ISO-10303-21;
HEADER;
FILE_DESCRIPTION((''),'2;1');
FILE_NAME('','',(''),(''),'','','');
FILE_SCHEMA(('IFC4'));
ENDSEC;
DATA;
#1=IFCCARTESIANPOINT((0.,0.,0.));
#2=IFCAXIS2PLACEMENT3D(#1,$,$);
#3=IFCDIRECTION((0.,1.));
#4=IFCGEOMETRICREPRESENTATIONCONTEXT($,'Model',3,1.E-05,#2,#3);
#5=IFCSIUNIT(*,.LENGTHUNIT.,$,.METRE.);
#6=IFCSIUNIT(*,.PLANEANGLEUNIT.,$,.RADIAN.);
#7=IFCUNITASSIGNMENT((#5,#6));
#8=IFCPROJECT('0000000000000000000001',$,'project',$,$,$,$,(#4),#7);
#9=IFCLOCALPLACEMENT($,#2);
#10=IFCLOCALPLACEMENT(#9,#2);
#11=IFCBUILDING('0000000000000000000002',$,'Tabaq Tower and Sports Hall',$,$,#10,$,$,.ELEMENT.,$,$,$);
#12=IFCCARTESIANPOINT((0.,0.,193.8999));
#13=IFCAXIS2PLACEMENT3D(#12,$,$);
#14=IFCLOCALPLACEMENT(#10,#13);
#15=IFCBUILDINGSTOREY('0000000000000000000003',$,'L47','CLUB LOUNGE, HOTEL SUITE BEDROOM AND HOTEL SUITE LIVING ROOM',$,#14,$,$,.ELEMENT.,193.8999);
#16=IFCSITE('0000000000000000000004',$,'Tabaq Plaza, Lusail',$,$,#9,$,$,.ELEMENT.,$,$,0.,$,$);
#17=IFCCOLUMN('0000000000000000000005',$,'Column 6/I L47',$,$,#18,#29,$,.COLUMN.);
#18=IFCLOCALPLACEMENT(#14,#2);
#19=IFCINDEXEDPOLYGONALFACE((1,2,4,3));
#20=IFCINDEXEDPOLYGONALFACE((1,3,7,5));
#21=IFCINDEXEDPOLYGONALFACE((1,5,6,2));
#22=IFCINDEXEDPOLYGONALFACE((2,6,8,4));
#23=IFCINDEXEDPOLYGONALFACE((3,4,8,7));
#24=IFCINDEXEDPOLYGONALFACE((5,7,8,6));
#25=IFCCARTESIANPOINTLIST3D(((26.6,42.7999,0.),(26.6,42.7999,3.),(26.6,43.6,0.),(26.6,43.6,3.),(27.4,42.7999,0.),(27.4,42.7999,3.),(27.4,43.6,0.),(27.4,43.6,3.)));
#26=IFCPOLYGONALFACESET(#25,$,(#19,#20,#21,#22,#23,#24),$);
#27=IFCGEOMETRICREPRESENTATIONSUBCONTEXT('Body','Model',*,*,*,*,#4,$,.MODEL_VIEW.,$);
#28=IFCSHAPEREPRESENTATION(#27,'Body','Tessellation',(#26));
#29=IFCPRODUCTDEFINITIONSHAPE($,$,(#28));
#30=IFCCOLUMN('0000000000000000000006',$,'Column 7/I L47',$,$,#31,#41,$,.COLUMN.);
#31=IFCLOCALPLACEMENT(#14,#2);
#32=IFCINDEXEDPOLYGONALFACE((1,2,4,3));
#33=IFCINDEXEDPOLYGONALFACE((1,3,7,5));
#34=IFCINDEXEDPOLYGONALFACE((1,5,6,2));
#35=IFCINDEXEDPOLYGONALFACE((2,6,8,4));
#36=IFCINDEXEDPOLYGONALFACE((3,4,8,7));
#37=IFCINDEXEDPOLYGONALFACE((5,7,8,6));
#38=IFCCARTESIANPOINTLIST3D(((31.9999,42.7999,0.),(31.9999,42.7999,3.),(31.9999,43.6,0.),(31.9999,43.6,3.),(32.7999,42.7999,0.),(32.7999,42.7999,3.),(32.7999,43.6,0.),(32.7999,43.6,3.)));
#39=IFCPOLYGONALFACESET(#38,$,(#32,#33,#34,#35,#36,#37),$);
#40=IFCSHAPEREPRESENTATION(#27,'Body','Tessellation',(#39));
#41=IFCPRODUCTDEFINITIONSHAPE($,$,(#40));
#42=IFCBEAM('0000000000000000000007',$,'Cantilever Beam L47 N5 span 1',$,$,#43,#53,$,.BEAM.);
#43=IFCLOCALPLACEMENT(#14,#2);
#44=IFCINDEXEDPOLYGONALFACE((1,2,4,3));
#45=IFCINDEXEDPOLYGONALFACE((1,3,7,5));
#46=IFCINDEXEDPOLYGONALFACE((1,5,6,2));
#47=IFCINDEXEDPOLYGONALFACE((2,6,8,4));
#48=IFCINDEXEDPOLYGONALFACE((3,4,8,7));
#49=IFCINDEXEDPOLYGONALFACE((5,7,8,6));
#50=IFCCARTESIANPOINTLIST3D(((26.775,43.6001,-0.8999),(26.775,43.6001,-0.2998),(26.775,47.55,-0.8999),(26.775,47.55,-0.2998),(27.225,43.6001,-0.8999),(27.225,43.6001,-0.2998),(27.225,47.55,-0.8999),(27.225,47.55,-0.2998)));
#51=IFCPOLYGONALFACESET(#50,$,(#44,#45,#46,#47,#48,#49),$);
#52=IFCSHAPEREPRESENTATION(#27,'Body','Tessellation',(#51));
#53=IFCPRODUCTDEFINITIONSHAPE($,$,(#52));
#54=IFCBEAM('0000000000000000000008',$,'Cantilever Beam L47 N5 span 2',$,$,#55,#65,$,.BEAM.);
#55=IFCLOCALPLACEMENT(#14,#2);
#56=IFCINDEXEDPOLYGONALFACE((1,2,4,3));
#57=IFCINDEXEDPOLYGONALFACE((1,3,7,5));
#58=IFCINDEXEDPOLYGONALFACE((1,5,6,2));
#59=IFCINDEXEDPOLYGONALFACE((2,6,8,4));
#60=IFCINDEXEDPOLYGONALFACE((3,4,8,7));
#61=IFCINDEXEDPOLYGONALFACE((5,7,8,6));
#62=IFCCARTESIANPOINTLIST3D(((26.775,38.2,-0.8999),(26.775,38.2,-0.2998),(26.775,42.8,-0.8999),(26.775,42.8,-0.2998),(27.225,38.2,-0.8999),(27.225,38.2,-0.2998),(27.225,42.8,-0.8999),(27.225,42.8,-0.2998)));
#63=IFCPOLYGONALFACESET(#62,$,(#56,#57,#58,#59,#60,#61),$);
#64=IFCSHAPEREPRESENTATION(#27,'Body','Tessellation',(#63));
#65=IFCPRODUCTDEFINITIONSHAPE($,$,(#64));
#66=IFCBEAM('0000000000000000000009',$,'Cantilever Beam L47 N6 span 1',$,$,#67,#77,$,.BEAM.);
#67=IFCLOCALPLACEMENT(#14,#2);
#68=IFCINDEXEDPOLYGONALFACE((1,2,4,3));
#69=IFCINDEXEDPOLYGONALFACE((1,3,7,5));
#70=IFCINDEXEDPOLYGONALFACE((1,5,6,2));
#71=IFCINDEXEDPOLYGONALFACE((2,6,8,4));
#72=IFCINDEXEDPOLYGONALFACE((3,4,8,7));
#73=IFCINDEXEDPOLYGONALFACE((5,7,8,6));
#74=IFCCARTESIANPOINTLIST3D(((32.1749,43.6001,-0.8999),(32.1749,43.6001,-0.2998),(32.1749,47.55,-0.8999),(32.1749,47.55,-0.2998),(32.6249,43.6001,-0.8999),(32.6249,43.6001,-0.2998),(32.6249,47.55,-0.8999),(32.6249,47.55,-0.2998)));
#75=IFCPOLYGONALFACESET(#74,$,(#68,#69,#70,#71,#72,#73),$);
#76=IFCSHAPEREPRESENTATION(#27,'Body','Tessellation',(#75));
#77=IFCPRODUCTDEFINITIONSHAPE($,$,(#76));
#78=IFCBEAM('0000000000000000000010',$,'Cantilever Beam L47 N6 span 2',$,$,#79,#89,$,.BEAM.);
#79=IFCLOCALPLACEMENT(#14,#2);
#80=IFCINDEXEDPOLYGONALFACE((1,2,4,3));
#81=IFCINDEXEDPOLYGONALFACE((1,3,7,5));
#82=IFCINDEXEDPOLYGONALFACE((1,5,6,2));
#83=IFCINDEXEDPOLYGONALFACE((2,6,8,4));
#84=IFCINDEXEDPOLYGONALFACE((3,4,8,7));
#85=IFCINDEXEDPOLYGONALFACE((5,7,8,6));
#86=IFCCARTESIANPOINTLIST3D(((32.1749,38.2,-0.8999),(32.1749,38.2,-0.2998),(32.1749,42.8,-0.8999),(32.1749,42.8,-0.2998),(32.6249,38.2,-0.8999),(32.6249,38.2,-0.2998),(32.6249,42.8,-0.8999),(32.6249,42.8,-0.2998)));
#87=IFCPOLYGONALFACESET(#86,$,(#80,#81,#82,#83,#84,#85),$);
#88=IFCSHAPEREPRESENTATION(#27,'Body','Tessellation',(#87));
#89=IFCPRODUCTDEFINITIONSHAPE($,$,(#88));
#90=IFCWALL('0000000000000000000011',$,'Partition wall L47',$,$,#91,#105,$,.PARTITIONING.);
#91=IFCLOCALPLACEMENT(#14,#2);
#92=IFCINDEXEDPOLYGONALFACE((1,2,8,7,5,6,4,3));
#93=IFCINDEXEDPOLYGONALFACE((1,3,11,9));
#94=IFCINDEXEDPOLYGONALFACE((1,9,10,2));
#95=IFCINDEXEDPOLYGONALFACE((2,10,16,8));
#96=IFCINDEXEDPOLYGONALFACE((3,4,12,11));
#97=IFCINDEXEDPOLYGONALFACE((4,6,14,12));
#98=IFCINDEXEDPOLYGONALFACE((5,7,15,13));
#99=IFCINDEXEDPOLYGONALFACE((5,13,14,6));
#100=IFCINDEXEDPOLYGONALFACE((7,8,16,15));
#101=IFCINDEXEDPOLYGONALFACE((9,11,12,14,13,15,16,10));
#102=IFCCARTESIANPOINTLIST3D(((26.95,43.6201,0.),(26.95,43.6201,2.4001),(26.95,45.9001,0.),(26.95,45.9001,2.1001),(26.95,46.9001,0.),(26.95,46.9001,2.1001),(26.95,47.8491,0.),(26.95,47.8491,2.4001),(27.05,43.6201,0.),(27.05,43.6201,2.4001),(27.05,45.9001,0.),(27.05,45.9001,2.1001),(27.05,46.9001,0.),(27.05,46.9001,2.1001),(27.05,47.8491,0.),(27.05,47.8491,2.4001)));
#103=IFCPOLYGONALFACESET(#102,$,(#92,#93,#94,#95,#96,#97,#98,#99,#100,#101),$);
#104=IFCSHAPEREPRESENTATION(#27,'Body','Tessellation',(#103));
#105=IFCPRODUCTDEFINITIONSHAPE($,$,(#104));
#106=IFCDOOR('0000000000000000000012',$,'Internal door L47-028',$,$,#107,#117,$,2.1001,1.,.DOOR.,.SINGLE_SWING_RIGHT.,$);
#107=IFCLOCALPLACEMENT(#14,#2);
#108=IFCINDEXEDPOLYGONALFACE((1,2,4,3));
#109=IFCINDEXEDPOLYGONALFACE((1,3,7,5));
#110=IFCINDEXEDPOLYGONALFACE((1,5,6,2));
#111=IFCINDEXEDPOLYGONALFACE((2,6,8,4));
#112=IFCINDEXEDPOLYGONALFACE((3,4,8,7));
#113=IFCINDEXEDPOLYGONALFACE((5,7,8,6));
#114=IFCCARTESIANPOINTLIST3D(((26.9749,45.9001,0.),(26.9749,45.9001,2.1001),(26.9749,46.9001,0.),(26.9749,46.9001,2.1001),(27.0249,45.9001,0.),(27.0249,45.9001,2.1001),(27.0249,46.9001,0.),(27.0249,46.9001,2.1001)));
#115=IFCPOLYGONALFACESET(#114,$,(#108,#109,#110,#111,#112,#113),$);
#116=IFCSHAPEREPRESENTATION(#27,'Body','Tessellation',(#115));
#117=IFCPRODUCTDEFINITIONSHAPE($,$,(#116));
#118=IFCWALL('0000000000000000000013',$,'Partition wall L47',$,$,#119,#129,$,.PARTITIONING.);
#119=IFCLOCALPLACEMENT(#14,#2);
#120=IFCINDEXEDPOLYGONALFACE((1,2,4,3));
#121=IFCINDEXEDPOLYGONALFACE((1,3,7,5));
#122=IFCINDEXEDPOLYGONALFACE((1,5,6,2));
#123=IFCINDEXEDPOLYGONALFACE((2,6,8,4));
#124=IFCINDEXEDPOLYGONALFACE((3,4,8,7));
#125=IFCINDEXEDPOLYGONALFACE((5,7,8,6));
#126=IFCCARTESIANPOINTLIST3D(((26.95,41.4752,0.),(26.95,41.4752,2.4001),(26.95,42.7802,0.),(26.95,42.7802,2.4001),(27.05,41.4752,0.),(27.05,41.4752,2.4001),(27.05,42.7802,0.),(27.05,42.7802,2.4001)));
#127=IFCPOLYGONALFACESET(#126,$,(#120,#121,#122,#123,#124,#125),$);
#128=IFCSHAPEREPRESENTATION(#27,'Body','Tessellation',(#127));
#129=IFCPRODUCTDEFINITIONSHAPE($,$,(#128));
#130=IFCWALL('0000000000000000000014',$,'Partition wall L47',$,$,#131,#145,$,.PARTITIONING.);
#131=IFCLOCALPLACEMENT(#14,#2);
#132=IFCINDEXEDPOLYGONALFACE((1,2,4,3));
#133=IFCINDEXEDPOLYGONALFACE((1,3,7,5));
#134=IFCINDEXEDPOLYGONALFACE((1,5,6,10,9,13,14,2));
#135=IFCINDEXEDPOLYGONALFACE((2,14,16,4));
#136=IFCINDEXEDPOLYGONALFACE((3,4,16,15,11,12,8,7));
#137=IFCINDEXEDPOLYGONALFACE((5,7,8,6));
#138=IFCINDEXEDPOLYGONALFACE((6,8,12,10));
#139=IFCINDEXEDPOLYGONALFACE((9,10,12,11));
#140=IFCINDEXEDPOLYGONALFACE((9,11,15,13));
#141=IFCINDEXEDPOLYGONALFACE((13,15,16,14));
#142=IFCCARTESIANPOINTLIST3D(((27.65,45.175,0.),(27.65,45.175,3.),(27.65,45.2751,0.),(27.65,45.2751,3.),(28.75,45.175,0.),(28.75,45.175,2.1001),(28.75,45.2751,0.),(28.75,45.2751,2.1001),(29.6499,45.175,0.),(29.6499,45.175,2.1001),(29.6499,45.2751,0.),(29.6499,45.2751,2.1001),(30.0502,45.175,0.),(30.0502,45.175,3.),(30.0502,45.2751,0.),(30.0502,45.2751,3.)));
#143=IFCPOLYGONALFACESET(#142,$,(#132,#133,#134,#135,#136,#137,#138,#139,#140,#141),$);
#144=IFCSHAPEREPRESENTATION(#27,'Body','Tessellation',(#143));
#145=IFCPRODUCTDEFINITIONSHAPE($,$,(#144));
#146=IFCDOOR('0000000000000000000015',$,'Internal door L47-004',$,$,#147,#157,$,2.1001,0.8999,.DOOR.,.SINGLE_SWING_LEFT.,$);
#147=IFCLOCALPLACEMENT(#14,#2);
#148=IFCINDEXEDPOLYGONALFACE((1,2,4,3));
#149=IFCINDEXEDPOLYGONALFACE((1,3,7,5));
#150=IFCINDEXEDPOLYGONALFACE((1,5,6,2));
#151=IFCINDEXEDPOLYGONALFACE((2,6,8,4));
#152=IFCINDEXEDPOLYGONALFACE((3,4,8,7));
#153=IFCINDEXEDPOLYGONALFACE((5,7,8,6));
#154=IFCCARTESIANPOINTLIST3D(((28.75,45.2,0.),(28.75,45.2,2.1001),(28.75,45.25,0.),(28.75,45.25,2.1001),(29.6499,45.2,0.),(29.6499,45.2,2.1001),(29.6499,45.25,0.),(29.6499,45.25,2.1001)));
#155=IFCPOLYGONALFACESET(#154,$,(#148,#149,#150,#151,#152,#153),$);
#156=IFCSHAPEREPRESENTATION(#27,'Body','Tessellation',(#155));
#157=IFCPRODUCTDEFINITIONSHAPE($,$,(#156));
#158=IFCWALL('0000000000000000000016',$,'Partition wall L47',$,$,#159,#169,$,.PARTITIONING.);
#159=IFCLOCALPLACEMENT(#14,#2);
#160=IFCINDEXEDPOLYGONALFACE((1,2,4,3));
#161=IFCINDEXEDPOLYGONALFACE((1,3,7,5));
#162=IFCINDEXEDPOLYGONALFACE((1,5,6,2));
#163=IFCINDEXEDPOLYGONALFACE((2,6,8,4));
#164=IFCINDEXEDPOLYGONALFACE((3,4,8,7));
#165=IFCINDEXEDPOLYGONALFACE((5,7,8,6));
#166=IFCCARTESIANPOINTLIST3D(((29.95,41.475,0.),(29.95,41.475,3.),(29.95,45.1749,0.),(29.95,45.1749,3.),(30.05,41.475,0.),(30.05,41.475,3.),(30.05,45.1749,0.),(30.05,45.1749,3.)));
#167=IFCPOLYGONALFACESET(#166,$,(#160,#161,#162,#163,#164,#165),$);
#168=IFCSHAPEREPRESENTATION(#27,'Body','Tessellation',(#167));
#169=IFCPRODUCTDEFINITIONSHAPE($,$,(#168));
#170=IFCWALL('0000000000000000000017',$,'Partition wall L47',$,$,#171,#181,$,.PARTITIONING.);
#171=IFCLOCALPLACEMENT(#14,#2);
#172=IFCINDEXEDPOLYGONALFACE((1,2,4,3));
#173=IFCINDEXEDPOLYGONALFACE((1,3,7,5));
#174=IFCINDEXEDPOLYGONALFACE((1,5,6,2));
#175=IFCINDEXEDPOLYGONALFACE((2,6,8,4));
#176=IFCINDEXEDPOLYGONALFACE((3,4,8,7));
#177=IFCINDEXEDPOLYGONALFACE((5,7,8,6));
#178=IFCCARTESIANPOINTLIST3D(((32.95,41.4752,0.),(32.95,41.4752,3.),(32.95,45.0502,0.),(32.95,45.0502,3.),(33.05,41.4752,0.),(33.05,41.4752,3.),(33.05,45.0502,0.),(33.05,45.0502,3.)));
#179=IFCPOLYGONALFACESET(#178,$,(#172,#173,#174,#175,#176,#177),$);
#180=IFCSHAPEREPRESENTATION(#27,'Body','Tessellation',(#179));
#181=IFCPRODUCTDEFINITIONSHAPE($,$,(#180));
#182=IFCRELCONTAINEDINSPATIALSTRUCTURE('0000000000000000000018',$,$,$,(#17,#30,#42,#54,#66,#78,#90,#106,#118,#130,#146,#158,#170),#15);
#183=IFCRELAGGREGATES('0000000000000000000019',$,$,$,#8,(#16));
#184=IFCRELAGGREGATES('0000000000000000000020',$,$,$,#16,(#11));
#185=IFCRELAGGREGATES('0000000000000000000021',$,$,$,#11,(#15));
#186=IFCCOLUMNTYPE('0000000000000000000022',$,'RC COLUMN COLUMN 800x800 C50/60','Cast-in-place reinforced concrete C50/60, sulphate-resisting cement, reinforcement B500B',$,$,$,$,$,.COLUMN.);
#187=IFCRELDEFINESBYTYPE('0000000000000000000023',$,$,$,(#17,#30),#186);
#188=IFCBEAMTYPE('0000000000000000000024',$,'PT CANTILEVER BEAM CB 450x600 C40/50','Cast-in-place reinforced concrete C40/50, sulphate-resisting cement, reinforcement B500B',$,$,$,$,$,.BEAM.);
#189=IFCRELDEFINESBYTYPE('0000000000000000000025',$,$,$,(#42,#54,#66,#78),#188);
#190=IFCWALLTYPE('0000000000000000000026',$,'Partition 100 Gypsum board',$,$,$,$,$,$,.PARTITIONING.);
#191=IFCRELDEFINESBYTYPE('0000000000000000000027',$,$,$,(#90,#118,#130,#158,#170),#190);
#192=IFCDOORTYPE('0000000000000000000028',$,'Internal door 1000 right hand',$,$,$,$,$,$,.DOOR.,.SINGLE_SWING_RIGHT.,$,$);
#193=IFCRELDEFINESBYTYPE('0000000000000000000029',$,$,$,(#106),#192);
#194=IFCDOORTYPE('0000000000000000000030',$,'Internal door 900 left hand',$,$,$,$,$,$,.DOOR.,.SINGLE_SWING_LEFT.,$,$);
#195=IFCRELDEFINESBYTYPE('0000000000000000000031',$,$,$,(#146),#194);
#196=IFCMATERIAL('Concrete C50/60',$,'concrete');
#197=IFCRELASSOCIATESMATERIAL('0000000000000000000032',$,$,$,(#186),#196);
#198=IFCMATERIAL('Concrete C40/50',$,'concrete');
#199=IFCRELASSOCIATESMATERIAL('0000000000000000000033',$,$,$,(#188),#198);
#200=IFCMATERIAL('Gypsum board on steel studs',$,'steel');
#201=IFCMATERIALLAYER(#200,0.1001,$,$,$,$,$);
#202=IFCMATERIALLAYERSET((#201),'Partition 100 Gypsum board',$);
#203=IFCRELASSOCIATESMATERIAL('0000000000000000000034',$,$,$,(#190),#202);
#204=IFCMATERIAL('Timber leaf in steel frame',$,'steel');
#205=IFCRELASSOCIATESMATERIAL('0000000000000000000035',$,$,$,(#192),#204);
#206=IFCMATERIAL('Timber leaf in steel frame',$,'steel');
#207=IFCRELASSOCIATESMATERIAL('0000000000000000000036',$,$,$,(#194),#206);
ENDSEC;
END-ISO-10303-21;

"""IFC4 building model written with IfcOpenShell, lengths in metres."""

from ifc_helpers import new_model, si_unit, direction, frame, frame_2d, origin, origin_2d, place, context, subcontext, project, spatial, rectangle, extrude, material, layer, layer_set, material_profile, profile_set, type_object, element, fill, save


model = new_model("IFC4")

# Units and contexts
model_context = context("Model", 3, precision=1e-05, world=origin(), true_north=direction((0.0, 1.0)))
body_context = subcontext(model_context, "Body", "Model", "MODEL_VIEW")
ifc_project = project(units=[si_unit("LENGTHUNIT", "METRE"), si_unit("PLANEANGLEUNIT", "RADIAN")], contexts=[model_context])

# Site, building, storey
site_placement = place(None, origin())
site = spatial("IfcSite", under=ifc_project, at=site_placement, Name="Tabaq Plaza, Lusail", CompositionType="ELEMENT", RefElevation=0.0)
building_placement = place(site_placement, origin())
building = spatial("IfcBuilding", under=site, at=building_placement, Name="Tabaq Tower and Sports Hall", CompositionType="ELEMENT")
storey_placement = place(building_placement, frame((0.0, 0.0, 193.8999)))
storey = spatial("IfcBuildingStorey", under=building, at=storey_placement, Name="L47", Description="CLUB LOUNGE, HOTEL SUITE BEDROOM AND HOTEL SUITE LIVING ROOM", CompositionType="ELEMENT", Elevation=193.8999)

# Columns
ifc_material_1 = material(Name="Concrete C50/60", Category="concrete")
ifc_material_profile_1 = material_profile(ifc_material_1, rectangle(XDim=0.8, YDim=0.8, at=origin_2d()), Name="COLUMN 800x800")
ifc_profile_set_1 = profile_set([ifc_material_profile_1], Name="Concrete C50/60")
column_type = type_object("IfcColumnType", Name="RC COLUMN COLUMN 800x800 C50/60", Description="Cast-in-place reinforced concrete C50/60, sulphate-resisting cement, reinforcement B500B", PredefinedType="COLUMN", material=ifc_profile_set_1)
for number, where, z_axis, x_axis, name in (
    (1, (27.0, 43.2, 0.0), (0.0, 0.0, 1.0), (1.0, 0.0, 0.0), "Column 6/I L47"),
    (2, (32.3999, 43.2, 0.0), (0.0, 0.0, 1.0), (1.0, 0.0, 0.0), "Column 7/I L47"),
):
    element("IfcColumn", number, at=place(storey_placement, frame(where, z_axis=z_axis, x_axis=x_axis)), inside=storey, type_object=column_type, Name=name, PredefinedType="COLUMN", context=body_context, shape_type="SweptSolid", body=[
        extrude(rectangle(XDim=0.8, YDim=0.8, at=origin_2d()), origin(), (0.0, 0.0, 1.0), 3.0),
    ])

# Beams
ifc_material_2 = material(Name="Concrete C40/50", Category="concrete")
ifc_material_profile_2 = material_profile(ifc_material_2, rectangle(XDim=0.45, YDim=0.6001, at=origin_2d()), Name="CB 450x600")
ifc_profile_set_2 = profile_set([ifc_material_profile_2], Name="Concrete C40/50")
beam_type = type_object("IfcBeamType", Name="PT CANTILEVER BEAM CB 450x600 C40/50", Description="Cast-in-place reinforced concrete C40/50, sulphate-resisting cement, reinforcement B500B", PredefinedType="BEAM", material=ifc_profile_set_2)
beam_1_placement = place(storey_placement, frame((27.0, 47.55, -0.5999), z_axis=(0.0, -1.0, 0.0), x_axis=(1.0, 0.0, 0.0)))
element("IfcBeam", 3, at=beam_1_placement, inside=storey, type_object=beam_type, Name="Cantilever Beam L47 N5 span 1", PredefinedType="BEAM", context=body_context, shape_type="SweptSolid", body=[
    extrude(rectangle(XDim=0.45, YDim=0.6001, at=origin_2d()), origin(), (0.0, 0.0, 1.0), 3.95),
])
beam_2_placement = place(storey_placement, frame((27.0, 42.8, -0.5999), z_axis=(0.0, -1.0, 0.0), x_axis=(1.0, 0.0, 0.0)))
element("IfcBeam", 4, at=beam_2_placement, inside=storey, type_object=beam_type, Name="Cantilever Beam L47 N5 span 2", PredefinedType="BEAM", context=body_context, shape_type="SweptSolid", body=[
    extrude(rectangle(XDim=0.45, YDim=0.6001, at=origin_2d()), origin(), (0.0, 0.0, 1.0), 4.6001),
])
beam_3_placement = place(storey_placement, frame((32.3999, 47.55, -0.5999), z_axis=(0.0, -1.0, 0.0), x_axis=(1.0, 0.0, 0.0)))
element("IfcBeam", 5, at=beam_3_placement, inside=storey, type_object=beam_type, Name="Cantilever Beam L47 N6 span 1", PredefinedType="BEAM", context=body_context, shape_type="SweptSolid", body=[
    extrude(rectangle(XDim=0.45, YDim=0.6001, at=origin_2d()), origin(), (0.0, 0.0, 1.0), 3.95),
])
beam_4_placement = place(storey_placement, frame((32.3999, 42.8, -0.5999), z_axis=(0.0, -1.0, 0.0), x_axis=(1.0, 0.0, 0.0)))
element("IfcBeam", 6, at=beam_4_placement, inside=storey, type_object=beam_type, Name="Cantilever Beam L47 N6 span 2", PredefinedType="BEAM", context=body_context, shape_type="SweptSolid", body=[
    extrude(rectangle(XDim=0.45, YDim=0.6001, at=origin_2d()), origin(), (0.0, 0.0, 1.0), 4.6001),
])

# Wall, opening, door
ifc_material_3 = material(Name="Gypsum board on steel studs", Category="steel")
ifc_layer_1 = layer(ifc_material_3, 0.1001)
ifc_layer_set_1 = layer_set([ifc_layer_1], Name="Partition 100 Gypsum board")
wall_type_1 = type_object("IfcWallType", Name="Partition 100 Gypsum board", PredefinedType="PARTITIONING", material=ifc_layer_set_1)
wall_1_placement = place(storey_placement, frame((27.0, 47.8491, 0.0), z_axis=(0.0, 0.0, 1.0), x_axis=(0.0, -1.0, 0.0)))
wall_1 = element("IfcWall", 7, at=wall_1_placement, inside=storey, type_object=wall_type_1, Name="Partition wall L47", PredefinedType="PARTITIONING", context=body_context, shape_type="SweptSolid", body=[
    extrude(rectangle(XDim=4.229, YDim=0.1001, at=frame_2d((2.1145, 0.0))), origin(), (0.0, 0.0, 1.0), 2.4001),
])
opening_1_placement = place(wall_1_placement, frame((0.949, 0.0, 0.0)))
opening_1 = element("IfcOpeningElement", 8, at=opening_1_placement, cuts=wall_1, PredefinedType="OPENING", context=body_context, shape_type="SweptSolid", body=[
    extrude(rectangle(XDim=1.0, YDim=2.1001, at=frame_2d((0.5, 1.05))), frame((0.0, 0.05, 0.0), z_axis=(0.0, -1.0, 0.0), x_axis=(1.0, 0.0, 0.0)), (0.0, 0.0, 1.0), 0.1001),
])
ifc_material_4 = material(Name="Timber leaf in steel frame", Category="steel")
door_type_1 = type_object("IfcDoorType", Name="Internal door 1000 right hand", OperationType="SINGLE_SWING_RIGHT", PredefinedType="DOOR", material=ifc_material_4)
door_1_placement = place(opening_1_placement, origin())
door_1 = element("IfcDoor", 9, at=door_1_placement, inside=storey, type_object=door_type_1, Name="Internal door L47-028", OperationType="SINGLE_SWING_RIGHT", OverallHeight=2.1001, OverallWidth=1.0, PredefinedType="DOOR", context=body_context, shape_type="SweptSolid", body=[
    extrude(rectangle(XDim=1.0, YDim=2.1001, at=frame_2d((0.5, 1.05))), frame((0.0, 0.0249, 0.0), z_axis=(0.0, -1.0, 0.0), x_axis=(1.0, 0.0, 0.0)), (0.0, 0.0, 1.0), 0.05),
])
fill(opening_1, door_1)

# Wall
wall_2_placement = place(storey_placement, frame((27.0, 42.78, 0.0), z_axis=(0.0, 0.0, 1.0), x_axis=(0.0, -1.0, 0.0)))
element("IfcWall", 10, at=wall_2_placement, inside=storey, type_object=wall_type_1, Name="Partition wall L47", PredefinedType="PARTITIONING", context=body_context, shape_type="SweptSolid", body=[
    extrude(rectangle(XDim=1.3049, YDim=0.1001, at=frame_2d((0.6523, 0.0))), origin(), (0.0, 0.0, 1.0), 2.4001),
])

# Wall, opening, door
wall_3_placement = place(storey_placement, frame((27.6499, 45.2251, 0.0), z_axis=(0.0, 0.0, 1.0), x_axis=(1.0, 0.0, 0.0)))
wall_3 = element("IfcWall", 11, at=wall_3_placement, inside=storey, type_object=wall_type_1, Name="Partition wall L47", PredefinedType="PARTITIONING", context=body_context, shape_type="SweptSolid", body=[
    extrude(rectangle(XDim=2.4001, YDim=0.1001, at=frame_2d((1.2002, 0.0))), origin(), (0.0, 0.0, 1.0), 3.0),
])
opening_2_placement = place(wall_3_placement, frame((1.1001, 0.0, 0.0)))
opening_2 = element("IfcOpeningElement", 12, at=opening_2_placement, cuts=wall_3, PredefinedType="OPENING", context=body_context, shape_type="SweptSolid", body=[
    extrude(rectangle(XDim=0.8999, YDim=2.1001, at=frame_2d((0.45, 1.05))), frame((0.0, 0.05, 0.0), z_axis=(0.0, -1.0, 0.0), x_axis=(1.0, 0.0, 0.0)), (0.0, 0.0, 1.0), 0.1001),
])
ifc_material_5 = material(Name="Timber leaf in steel frame", Category="steel")
door_type_2 = type_object("IfcDoorType", Name="Internal door 900 left hand", OperationType="SINGLE_SWING_LEFT", PredefinedType="DOOR", material=ifc_material_5)
door_2_placement = place(opening_2_placement, origin())
door_2 = element("IfcDoor", 13, at=door_2_placement, inside=storey, type_object=door_type_2, Name="Internal door L47-004", OperationType="SINGLE_SWING_LEFT", OverallHeight=2.1001, OverallWidth=0.8999, PredefinedType="DOOR", context=body_context, shape_type="SweptSolid", body=[
    extrude(rectangle(XDim=0.8999, YDim=2.1001, at=frame_2d((0.45, 1.05))), frame((0.0, 0.0249, 0.0), z_axis=(0.0, -1.0, 0.0), x_axis=(1.0, 0.0, 0.0)), (0.0, 0.0, 1.0), 0.05),
])
fill(opening_2, door_2)

# Walls
wall_4_placement = place(storey_placement, frame((30.0, 45.175, 0.0), z_axis=(0.0, 0.0, 1.0), x_axis=(0.0, -1.0, 0.0)))
element("IfcWall", 14, at=wall_4_placement, inside=storey, type_object=wall_type_1, Name="Partition wall L47", PredefinedType="PARTITIONING", context=body_context, shape_type="SweptSolid", body=[
    extrude(rectangle(XDim=3.7, YDim=0.1001, at=frame_2d((1.8501, 0.0))), origin(), (0.0, 0.0, 1.0), 3.0),
])
wall_5_placement = place(storey_placement, frame((33.0, 41.4751, 0.0), z_axis=(0.0, 0.0, 1.0), x_axis=(0.0, 1.0, 0.0)))
element("IfcWall", 15, at=wall_5_placement, inside=storey, type_object=wall_type_1, Name="Partition wall L47", PredefinedType="PARTITIONING", context=body_context, shape_type="SweptSolid", body=[
    extrude(rectangle(XDim=3.575, YDim=0.1001, at=frame_2d((1.7876, 0.0))), origin(), (0.0, 0.0, 1.0), 3.0),
])

save(model, "model.ifc")
